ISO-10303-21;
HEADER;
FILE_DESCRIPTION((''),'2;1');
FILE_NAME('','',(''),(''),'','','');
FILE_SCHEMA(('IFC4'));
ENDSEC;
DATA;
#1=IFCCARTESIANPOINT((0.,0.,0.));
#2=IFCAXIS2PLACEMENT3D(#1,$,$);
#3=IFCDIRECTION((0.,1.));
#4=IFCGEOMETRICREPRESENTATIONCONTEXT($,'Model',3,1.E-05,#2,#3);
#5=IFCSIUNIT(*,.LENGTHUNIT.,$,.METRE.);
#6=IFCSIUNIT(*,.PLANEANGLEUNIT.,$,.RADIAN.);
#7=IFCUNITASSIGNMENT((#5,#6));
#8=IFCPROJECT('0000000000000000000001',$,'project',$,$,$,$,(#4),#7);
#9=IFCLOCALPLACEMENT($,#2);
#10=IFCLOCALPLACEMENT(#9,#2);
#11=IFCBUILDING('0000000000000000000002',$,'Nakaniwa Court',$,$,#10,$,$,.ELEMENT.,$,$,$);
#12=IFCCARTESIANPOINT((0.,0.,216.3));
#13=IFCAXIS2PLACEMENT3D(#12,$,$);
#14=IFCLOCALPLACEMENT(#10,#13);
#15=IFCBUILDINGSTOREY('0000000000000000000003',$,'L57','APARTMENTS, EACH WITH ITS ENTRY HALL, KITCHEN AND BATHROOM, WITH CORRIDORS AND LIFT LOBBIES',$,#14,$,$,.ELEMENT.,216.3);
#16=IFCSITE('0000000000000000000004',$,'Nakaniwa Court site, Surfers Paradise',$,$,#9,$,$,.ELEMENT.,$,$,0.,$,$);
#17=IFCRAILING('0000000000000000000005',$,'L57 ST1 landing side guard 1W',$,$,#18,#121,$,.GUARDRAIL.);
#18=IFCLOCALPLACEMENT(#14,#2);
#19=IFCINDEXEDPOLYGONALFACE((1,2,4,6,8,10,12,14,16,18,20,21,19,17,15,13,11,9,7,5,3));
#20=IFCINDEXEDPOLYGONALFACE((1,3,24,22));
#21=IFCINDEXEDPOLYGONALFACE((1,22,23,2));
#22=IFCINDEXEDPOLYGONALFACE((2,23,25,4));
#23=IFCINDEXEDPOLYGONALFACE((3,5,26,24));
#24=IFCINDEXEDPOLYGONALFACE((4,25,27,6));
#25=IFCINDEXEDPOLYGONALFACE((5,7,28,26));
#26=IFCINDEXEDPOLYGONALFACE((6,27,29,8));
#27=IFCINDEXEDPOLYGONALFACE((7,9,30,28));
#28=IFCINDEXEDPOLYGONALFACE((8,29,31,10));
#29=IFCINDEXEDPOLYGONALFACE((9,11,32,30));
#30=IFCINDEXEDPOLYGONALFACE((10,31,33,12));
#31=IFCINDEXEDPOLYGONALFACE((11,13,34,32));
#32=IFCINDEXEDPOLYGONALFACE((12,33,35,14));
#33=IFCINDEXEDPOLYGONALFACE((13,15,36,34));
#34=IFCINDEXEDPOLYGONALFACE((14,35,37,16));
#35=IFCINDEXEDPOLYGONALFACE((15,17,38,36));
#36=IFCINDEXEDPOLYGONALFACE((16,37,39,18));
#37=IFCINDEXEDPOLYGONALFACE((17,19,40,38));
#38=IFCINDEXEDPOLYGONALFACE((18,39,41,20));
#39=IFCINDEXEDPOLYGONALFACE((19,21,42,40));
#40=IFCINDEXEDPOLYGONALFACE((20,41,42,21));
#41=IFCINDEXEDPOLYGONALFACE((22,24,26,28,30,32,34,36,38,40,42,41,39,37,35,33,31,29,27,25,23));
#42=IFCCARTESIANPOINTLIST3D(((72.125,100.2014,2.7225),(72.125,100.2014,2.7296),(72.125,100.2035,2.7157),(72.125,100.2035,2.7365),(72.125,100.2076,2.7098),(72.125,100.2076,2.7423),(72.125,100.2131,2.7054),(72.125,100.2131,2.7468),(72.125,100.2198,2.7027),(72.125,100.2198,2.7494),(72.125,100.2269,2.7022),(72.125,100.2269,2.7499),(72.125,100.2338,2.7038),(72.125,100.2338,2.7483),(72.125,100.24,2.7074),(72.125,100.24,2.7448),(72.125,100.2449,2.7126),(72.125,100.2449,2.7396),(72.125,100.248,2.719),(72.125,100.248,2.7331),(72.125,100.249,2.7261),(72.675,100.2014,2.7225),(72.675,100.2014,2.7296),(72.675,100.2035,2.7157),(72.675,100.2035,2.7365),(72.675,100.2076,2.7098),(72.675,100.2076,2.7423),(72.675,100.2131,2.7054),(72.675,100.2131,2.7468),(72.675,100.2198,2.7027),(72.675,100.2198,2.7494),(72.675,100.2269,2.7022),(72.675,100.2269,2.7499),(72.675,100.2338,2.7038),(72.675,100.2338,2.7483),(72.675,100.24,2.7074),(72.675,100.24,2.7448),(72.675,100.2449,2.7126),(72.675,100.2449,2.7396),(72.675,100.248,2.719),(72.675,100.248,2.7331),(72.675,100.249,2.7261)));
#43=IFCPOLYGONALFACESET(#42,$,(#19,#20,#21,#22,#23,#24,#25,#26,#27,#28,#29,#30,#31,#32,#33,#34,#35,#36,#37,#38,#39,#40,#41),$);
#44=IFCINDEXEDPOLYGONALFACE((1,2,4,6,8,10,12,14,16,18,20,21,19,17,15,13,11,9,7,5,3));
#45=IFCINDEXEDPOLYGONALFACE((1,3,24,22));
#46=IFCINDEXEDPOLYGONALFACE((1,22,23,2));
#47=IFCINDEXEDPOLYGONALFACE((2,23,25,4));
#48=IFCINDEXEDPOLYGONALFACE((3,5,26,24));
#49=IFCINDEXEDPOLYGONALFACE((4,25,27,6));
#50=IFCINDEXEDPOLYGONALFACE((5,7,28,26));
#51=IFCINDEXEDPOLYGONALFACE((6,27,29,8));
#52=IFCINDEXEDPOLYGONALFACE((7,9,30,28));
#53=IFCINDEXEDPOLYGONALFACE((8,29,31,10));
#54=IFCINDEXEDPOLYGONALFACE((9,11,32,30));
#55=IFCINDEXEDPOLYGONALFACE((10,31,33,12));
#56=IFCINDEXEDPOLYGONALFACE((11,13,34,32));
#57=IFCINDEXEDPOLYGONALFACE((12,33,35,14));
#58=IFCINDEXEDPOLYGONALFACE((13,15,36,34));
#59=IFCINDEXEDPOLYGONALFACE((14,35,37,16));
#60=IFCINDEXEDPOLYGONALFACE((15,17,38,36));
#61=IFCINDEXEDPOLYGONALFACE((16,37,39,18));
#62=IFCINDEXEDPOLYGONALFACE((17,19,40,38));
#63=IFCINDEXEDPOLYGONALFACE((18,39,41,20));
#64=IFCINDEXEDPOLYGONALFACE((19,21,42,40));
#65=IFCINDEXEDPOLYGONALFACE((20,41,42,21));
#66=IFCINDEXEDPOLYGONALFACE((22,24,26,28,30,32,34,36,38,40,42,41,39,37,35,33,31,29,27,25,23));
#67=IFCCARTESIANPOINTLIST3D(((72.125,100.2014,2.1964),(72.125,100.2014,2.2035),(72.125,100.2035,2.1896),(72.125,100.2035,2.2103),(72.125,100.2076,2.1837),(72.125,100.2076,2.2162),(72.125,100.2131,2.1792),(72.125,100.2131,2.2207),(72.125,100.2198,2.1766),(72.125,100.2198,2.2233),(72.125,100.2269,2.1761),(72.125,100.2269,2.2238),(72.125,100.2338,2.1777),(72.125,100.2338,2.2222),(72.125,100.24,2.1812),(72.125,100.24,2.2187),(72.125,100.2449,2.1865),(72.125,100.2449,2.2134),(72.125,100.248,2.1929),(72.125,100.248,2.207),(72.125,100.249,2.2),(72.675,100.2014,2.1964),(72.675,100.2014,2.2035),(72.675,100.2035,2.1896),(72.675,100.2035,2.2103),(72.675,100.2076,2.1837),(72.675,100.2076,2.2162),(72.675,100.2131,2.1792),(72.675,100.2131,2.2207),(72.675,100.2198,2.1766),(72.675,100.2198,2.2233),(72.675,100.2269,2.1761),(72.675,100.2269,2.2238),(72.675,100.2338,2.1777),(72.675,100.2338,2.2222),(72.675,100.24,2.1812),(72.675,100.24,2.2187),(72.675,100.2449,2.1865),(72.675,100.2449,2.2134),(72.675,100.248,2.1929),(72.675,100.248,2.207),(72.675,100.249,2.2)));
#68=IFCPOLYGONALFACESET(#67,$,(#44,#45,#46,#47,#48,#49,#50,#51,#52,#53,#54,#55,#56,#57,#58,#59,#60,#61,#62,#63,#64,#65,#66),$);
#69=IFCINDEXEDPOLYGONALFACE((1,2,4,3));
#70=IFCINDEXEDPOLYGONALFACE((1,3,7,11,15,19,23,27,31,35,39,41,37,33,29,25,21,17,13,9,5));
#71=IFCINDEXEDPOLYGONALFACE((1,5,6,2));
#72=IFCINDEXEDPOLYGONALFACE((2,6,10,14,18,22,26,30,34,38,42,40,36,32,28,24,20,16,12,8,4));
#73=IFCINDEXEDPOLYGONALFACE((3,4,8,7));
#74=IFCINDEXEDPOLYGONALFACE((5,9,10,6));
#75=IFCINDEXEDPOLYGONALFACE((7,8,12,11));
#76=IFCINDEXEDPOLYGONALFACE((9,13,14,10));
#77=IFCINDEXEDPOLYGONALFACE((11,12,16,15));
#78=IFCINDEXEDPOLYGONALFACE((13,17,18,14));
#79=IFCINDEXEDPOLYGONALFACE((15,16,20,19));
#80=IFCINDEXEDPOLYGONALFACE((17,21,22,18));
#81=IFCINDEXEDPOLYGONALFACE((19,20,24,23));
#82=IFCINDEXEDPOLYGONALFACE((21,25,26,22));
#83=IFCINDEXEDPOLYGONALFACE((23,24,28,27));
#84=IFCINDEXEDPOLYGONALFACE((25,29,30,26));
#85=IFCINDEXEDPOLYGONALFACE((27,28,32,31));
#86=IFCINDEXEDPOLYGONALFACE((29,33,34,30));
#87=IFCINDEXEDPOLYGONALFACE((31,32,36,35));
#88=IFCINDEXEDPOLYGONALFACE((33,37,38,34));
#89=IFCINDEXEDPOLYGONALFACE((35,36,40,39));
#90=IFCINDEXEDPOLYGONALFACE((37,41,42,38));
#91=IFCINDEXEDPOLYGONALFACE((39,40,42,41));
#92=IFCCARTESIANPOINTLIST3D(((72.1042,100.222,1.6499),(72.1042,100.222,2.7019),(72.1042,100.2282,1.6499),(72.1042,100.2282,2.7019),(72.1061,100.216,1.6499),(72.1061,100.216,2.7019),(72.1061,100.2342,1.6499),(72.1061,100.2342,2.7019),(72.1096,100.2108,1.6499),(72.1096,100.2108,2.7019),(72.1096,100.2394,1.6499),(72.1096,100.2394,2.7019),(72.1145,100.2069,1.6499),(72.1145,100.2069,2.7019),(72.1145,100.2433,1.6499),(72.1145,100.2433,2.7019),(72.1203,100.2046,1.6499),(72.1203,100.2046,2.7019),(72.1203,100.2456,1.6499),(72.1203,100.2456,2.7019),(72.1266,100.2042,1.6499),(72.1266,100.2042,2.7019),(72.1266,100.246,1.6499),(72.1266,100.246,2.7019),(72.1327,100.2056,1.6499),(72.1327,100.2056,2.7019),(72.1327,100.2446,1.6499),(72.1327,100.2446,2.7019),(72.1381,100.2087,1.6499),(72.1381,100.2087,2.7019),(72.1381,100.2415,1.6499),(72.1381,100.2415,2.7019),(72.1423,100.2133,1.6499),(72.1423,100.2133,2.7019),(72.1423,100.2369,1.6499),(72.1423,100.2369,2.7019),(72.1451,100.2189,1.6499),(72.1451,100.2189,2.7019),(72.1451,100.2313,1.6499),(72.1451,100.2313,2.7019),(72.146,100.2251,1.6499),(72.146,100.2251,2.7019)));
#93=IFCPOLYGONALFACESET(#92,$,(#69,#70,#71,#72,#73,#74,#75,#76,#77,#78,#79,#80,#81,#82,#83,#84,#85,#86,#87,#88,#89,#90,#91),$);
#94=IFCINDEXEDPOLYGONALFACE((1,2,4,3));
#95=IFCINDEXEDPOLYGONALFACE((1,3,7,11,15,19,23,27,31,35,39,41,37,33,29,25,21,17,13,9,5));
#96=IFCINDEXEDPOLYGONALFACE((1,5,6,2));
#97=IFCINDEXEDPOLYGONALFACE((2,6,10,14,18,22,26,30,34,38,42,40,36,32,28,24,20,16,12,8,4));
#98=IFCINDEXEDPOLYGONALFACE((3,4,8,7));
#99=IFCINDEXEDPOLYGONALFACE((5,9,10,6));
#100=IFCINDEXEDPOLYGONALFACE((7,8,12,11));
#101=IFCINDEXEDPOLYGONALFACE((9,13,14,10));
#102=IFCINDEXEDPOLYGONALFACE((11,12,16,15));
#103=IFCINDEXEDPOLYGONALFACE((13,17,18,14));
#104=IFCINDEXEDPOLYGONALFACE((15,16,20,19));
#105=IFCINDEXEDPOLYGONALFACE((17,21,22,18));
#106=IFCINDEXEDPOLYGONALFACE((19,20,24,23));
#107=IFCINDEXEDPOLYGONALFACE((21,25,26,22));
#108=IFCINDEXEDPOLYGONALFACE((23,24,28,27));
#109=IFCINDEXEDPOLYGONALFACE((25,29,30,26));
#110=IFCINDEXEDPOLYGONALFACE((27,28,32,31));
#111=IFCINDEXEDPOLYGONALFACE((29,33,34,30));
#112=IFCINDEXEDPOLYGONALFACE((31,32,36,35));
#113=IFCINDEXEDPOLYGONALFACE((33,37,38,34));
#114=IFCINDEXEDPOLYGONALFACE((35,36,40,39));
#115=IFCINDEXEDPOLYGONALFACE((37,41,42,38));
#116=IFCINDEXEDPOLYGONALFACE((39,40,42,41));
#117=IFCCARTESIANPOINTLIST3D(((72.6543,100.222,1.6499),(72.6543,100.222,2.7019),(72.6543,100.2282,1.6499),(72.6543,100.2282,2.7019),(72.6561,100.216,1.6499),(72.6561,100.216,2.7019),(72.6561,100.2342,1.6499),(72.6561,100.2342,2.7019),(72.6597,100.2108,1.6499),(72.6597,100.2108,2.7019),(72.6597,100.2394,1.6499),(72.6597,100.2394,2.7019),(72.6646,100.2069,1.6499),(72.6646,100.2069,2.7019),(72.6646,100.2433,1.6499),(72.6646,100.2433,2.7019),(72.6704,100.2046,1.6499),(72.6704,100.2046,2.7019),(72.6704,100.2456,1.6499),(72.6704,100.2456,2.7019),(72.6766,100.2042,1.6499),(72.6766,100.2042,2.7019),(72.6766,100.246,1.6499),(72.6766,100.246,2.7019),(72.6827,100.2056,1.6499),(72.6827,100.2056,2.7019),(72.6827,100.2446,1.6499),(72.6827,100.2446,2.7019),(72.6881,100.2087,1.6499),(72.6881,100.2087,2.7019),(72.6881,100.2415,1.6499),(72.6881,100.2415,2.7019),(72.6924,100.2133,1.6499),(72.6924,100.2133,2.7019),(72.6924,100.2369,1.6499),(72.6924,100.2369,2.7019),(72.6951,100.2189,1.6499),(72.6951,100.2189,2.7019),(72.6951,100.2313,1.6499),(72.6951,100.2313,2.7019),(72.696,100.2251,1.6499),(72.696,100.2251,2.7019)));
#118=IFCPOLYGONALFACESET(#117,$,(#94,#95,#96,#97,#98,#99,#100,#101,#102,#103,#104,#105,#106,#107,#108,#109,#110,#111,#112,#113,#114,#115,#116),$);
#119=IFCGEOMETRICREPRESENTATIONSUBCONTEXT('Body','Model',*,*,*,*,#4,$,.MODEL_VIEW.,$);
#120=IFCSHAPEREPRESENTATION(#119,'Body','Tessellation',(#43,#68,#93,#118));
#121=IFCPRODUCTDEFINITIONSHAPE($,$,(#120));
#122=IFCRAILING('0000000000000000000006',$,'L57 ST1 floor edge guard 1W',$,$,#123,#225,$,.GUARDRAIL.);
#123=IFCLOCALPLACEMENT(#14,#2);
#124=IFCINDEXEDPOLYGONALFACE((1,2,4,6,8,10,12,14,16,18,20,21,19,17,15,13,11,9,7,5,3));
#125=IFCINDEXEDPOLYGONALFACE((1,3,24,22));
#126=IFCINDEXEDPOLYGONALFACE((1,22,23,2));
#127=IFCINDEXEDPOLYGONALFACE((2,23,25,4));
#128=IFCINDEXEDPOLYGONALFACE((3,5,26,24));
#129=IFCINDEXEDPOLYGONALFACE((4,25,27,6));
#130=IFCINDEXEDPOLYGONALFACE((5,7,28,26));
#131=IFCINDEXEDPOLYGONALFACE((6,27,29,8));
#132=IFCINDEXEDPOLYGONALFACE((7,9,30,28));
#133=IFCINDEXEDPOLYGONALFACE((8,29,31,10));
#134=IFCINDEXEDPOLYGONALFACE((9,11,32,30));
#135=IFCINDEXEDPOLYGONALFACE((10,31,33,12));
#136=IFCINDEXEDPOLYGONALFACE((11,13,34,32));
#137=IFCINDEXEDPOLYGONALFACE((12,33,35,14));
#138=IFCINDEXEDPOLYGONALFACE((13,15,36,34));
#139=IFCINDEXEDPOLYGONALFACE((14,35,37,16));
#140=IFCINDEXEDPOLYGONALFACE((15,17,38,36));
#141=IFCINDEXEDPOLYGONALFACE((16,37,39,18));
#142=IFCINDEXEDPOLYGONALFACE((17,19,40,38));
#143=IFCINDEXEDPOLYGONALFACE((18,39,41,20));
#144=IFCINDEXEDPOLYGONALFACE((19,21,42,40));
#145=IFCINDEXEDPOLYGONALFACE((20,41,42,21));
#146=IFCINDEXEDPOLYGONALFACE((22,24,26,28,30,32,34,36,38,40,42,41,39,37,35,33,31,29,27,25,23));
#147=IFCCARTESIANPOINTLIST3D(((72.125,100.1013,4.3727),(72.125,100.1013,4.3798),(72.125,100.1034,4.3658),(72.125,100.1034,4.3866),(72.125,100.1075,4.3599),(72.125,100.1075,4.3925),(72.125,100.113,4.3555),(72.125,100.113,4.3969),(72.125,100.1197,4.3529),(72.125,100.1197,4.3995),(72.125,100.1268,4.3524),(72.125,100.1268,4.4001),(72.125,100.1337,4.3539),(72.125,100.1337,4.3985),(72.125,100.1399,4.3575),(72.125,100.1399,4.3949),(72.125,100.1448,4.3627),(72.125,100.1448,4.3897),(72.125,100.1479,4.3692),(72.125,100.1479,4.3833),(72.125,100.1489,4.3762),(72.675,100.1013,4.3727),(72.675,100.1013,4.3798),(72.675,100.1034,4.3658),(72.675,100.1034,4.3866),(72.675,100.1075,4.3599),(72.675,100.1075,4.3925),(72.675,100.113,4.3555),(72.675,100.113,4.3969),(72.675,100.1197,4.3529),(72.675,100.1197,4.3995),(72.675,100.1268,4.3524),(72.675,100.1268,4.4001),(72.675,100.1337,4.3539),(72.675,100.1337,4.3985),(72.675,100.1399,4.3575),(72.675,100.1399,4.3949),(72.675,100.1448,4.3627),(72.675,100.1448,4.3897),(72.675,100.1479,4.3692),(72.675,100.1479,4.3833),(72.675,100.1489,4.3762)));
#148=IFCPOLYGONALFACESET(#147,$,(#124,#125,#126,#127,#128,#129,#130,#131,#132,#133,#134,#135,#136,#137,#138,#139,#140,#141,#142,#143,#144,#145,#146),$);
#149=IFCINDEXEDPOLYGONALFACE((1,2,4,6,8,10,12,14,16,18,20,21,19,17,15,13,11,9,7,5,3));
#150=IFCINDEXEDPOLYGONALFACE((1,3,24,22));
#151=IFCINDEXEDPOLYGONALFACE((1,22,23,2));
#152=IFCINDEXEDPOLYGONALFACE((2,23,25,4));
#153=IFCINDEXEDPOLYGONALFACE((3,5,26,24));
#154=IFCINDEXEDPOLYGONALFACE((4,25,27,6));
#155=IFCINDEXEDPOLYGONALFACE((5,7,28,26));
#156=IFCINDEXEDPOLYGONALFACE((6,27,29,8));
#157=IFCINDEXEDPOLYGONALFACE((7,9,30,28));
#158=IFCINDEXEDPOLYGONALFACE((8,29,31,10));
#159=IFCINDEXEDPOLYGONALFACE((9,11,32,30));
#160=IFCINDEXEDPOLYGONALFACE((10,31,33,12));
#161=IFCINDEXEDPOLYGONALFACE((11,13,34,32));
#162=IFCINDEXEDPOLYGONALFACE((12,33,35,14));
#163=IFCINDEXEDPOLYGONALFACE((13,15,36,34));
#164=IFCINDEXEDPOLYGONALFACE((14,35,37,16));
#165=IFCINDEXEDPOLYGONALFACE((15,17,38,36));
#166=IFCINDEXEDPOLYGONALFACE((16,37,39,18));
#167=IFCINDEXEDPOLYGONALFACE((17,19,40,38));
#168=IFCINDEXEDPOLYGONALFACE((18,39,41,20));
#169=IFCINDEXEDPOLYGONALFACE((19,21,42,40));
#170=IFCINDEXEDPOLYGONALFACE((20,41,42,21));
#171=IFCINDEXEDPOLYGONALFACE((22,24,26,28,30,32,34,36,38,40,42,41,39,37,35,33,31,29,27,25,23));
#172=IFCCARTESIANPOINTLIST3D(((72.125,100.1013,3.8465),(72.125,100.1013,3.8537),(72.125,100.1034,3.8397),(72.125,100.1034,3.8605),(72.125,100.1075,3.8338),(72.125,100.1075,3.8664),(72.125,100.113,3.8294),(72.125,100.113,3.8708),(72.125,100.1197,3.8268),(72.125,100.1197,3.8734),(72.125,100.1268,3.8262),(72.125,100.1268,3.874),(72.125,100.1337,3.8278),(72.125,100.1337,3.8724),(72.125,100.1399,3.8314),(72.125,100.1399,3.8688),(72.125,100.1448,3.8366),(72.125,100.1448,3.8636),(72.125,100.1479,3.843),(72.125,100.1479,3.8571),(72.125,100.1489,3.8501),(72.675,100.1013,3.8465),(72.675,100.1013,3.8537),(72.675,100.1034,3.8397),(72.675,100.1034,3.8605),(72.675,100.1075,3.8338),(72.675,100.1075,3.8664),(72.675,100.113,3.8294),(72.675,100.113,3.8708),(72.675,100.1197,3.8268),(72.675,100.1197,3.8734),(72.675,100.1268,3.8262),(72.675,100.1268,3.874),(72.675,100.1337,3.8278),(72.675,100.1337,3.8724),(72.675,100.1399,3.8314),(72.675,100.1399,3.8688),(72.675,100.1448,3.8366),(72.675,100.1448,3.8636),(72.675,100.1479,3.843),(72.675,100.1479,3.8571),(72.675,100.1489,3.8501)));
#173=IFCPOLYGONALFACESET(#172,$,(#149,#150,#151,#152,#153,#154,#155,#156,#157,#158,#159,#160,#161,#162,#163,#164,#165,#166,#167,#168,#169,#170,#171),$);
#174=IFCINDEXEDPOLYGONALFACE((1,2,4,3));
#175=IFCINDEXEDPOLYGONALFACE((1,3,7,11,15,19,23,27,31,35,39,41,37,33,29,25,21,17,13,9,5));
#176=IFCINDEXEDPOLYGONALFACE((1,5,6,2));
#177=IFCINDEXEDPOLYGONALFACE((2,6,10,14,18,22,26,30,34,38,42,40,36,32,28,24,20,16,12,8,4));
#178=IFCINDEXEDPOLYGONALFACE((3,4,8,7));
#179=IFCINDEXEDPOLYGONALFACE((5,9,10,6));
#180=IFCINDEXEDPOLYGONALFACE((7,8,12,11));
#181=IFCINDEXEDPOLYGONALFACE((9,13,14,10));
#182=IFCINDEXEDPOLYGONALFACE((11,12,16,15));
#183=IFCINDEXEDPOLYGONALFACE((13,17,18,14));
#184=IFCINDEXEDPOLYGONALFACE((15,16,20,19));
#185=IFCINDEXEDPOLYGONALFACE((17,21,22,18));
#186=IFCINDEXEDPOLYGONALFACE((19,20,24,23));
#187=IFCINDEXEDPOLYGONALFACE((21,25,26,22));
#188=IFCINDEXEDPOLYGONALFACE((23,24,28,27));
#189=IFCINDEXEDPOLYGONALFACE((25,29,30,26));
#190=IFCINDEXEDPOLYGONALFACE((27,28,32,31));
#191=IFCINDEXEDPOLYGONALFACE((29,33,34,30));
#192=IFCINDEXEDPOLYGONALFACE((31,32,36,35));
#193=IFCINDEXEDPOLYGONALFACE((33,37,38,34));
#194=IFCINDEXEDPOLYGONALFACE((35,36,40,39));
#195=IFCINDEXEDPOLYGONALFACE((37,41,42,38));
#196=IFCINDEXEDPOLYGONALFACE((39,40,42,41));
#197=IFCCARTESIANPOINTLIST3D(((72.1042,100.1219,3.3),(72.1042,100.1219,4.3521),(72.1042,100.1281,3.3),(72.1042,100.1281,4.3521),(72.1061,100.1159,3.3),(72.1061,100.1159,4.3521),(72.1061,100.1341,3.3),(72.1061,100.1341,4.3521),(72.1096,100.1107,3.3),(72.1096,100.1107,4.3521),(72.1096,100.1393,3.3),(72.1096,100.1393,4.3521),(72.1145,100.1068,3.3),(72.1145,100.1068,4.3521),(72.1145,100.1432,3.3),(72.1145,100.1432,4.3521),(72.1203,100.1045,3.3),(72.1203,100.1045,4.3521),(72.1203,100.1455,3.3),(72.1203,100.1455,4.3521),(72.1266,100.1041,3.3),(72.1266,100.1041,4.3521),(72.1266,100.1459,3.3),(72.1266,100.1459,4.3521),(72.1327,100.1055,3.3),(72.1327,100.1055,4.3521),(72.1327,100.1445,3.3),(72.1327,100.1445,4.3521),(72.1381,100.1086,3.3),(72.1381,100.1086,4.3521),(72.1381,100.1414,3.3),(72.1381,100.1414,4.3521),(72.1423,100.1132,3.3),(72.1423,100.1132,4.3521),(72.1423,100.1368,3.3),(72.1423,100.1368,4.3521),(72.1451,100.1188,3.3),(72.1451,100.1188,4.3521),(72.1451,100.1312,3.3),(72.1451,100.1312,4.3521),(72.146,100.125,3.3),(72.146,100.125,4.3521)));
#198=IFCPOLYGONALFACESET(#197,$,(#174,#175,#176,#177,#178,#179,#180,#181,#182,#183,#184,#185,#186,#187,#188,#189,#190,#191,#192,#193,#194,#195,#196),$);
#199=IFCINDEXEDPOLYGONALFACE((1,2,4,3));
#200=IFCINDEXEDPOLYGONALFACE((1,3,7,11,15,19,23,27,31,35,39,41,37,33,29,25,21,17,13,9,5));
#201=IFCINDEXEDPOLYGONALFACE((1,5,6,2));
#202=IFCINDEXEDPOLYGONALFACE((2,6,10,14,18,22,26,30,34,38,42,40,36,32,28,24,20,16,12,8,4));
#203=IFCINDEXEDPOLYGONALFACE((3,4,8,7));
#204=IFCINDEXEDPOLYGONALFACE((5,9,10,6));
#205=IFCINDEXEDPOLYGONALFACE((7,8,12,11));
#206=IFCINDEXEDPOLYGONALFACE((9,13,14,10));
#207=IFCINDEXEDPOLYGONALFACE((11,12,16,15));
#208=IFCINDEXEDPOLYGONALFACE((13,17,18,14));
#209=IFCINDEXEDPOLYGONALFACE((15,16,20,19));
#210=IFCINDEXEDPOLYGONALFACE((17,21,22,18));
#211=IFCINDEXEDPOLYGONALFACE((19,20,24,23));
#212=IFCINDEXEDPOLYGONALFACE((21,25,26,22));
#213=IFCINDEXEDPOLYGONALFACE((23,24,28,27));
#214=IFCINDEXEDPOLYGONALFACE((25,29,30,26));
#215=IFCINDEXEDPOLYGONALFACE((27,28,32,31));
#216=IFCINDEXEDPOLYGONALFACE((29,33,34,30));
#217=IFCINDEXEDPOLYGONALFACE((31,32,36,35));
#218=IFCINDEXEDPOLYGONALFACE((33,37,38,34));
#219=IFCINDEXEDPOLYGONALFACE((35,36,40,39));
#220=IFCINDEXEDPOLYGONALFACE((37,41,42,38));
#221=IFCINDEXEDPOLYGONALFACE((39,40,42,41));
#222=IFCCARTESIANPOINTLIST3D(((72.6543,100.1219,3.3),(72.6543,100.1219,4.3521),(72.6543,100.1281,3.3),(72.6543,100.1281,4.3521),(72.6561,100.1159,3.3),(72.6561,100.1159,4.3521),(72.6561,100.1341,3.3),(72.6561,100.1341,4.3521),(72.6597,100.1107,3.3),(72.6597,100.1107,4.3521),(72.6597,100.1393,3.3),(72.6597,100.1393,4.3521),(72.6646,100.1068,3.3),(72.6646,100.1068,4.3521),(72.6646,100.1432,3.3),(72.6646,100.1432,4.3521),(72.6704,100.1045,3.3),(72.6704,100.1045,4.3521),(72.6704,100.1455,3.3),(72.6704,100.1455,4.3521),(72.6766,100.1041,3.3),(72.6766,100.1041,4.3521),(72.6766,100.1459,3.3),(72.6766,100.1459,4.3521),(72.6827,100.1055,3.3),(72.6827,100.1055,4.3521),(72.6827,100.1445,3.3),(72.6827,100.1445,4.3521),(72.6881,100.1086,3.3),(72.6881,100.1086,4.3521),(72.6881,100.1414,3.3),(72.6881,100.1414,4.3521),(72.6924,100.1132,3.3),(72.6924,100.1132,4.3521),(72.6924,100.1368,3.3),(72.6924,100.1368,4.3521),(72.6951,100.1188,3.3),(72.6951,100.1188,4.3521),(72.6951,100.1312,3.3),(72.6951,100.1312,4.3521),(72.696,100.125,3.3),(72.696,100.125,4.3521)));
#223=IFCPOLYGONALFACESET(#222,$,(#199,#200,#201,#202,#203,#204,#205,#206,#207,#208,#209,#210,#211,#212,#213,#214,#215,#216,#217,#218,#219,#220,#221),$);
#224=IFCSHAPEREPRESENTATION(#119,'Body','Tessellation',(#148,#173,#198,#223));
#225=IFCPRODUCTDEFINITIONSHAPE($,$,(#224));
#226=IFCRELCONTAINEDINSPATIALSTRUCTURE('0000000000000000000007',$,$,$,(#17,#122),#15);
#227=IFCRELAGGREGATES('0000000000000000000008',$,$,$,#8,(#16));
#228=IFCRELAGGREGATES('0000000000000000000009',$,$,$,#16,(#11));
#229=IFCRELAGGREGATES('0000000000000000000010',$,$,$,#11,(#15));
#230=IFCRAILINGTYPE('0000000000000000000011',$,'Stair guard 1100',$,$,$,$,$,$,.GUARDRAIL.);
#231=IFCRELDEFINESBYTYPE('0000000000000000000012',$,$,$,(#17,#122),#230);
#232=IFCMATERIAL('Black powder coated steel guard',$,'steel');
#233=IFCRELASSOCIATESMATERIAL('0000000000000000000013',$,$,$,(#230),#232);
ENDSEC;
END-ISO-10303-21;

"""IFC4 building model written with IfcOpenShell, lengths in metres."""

from ifc_helpers import new_model, si_unit, direction, frame, origin, origin_2d, place, context, subcontext, project, spatial, circle, extrude, material, type_object, element, save


model = new_model("IFC4")

# Units and contexts
model_context = context("Model", 3, precision=1e-05, world=origin(), true_north=direction((0.0, 1.0)))
body_context = subcontext(model_context, "Body", "Model", "MODEL_VIEW")
ifc_project = project(units=[si_unit("LENGTHUNIT", "METRE"), si_unit("PLANEANGLEUNIT", "RADIAN")], contexts=[model_context])

# Site, building, storey
site_placement = place(None, origin())
site = spatial("IfcSite", under=ifc_project, at=site_placement, Name="Nakaniwa Court site, Surfers Paradise", CompositionType="ELEMENT", RefElevation=0.0)
building_placement = place(site_placement, origin())
building = spatial("IfcBuilding", under=site, at=building_placement, Name="Nakaniwa Court", CompositionType="ELEMENT")
storey_placement = place(building_placement, frame((0.0, 0.0, 216.3)))
storey = spatial("IfcBuildingStorey", under=building, at=storey_placement, Name="L57", Description="APARTMENTS, EACH WITH ITS ENTRY HALL, KITCHEN AND BATHROOM, WITH CORRIDORS AND LIFT LOBBIES", CompositionType="ELEMENT", Elevation=216.3)

# Railings
ifc_material_1 = material(Name="Black powder coated steel guard", Category="steel")
railing_type_1 = type_object("IfcRailingType", Name="Stair guard 1100", PredefinedType="GUARDRAIL", material=ifc_material_1)
for number, where, name in (
    (1, (72.125, 100.2251, 1.6499), "L57 ST1 landing side guard 1W"),
    (2, (72.125, 100.125, 3.3), "L57 ST1 floor edge guard 1W"),
):
    element("IfcRailing", number, at=place(storey_placement, frame(where)), inside=storey, type_object=railing_type_1, Name=name, PredefinedType="GUARDRAIL", context=body_context, shape_type="SweptSolid", body=[
        extrude(circle(Radius=0.0239, at=origin_2d()), frame((0.0, 0.0, 1.0762), z_axis=(1.0, 0.0, 0.0), x_axis=(0.0, 1.0, 0.0)), (0.0, 0.0, 1.0), 0.55),
        extrude(circle(Radius=0.0239, at=origin_2d()), frame((0.0, 0.0, 0.55), z_axis=(1.0, 0.0, 0.0), x_axis=(0.0, 1.0, 0.0)), (0.0, 0.0, 1.0), 0.55),
        extrude(circle(Radius=0.021, at=origin_2d()), origin(), (0.0, 0.0, 1.0), 1.052),
        extrude(circle(Radius=0.021, at=origin_2d()), frame((0.55, 0.0, 0.0)), (0.0, 0.0, 1.0), 1.052),
    ])

save(model, "model.ifc")
